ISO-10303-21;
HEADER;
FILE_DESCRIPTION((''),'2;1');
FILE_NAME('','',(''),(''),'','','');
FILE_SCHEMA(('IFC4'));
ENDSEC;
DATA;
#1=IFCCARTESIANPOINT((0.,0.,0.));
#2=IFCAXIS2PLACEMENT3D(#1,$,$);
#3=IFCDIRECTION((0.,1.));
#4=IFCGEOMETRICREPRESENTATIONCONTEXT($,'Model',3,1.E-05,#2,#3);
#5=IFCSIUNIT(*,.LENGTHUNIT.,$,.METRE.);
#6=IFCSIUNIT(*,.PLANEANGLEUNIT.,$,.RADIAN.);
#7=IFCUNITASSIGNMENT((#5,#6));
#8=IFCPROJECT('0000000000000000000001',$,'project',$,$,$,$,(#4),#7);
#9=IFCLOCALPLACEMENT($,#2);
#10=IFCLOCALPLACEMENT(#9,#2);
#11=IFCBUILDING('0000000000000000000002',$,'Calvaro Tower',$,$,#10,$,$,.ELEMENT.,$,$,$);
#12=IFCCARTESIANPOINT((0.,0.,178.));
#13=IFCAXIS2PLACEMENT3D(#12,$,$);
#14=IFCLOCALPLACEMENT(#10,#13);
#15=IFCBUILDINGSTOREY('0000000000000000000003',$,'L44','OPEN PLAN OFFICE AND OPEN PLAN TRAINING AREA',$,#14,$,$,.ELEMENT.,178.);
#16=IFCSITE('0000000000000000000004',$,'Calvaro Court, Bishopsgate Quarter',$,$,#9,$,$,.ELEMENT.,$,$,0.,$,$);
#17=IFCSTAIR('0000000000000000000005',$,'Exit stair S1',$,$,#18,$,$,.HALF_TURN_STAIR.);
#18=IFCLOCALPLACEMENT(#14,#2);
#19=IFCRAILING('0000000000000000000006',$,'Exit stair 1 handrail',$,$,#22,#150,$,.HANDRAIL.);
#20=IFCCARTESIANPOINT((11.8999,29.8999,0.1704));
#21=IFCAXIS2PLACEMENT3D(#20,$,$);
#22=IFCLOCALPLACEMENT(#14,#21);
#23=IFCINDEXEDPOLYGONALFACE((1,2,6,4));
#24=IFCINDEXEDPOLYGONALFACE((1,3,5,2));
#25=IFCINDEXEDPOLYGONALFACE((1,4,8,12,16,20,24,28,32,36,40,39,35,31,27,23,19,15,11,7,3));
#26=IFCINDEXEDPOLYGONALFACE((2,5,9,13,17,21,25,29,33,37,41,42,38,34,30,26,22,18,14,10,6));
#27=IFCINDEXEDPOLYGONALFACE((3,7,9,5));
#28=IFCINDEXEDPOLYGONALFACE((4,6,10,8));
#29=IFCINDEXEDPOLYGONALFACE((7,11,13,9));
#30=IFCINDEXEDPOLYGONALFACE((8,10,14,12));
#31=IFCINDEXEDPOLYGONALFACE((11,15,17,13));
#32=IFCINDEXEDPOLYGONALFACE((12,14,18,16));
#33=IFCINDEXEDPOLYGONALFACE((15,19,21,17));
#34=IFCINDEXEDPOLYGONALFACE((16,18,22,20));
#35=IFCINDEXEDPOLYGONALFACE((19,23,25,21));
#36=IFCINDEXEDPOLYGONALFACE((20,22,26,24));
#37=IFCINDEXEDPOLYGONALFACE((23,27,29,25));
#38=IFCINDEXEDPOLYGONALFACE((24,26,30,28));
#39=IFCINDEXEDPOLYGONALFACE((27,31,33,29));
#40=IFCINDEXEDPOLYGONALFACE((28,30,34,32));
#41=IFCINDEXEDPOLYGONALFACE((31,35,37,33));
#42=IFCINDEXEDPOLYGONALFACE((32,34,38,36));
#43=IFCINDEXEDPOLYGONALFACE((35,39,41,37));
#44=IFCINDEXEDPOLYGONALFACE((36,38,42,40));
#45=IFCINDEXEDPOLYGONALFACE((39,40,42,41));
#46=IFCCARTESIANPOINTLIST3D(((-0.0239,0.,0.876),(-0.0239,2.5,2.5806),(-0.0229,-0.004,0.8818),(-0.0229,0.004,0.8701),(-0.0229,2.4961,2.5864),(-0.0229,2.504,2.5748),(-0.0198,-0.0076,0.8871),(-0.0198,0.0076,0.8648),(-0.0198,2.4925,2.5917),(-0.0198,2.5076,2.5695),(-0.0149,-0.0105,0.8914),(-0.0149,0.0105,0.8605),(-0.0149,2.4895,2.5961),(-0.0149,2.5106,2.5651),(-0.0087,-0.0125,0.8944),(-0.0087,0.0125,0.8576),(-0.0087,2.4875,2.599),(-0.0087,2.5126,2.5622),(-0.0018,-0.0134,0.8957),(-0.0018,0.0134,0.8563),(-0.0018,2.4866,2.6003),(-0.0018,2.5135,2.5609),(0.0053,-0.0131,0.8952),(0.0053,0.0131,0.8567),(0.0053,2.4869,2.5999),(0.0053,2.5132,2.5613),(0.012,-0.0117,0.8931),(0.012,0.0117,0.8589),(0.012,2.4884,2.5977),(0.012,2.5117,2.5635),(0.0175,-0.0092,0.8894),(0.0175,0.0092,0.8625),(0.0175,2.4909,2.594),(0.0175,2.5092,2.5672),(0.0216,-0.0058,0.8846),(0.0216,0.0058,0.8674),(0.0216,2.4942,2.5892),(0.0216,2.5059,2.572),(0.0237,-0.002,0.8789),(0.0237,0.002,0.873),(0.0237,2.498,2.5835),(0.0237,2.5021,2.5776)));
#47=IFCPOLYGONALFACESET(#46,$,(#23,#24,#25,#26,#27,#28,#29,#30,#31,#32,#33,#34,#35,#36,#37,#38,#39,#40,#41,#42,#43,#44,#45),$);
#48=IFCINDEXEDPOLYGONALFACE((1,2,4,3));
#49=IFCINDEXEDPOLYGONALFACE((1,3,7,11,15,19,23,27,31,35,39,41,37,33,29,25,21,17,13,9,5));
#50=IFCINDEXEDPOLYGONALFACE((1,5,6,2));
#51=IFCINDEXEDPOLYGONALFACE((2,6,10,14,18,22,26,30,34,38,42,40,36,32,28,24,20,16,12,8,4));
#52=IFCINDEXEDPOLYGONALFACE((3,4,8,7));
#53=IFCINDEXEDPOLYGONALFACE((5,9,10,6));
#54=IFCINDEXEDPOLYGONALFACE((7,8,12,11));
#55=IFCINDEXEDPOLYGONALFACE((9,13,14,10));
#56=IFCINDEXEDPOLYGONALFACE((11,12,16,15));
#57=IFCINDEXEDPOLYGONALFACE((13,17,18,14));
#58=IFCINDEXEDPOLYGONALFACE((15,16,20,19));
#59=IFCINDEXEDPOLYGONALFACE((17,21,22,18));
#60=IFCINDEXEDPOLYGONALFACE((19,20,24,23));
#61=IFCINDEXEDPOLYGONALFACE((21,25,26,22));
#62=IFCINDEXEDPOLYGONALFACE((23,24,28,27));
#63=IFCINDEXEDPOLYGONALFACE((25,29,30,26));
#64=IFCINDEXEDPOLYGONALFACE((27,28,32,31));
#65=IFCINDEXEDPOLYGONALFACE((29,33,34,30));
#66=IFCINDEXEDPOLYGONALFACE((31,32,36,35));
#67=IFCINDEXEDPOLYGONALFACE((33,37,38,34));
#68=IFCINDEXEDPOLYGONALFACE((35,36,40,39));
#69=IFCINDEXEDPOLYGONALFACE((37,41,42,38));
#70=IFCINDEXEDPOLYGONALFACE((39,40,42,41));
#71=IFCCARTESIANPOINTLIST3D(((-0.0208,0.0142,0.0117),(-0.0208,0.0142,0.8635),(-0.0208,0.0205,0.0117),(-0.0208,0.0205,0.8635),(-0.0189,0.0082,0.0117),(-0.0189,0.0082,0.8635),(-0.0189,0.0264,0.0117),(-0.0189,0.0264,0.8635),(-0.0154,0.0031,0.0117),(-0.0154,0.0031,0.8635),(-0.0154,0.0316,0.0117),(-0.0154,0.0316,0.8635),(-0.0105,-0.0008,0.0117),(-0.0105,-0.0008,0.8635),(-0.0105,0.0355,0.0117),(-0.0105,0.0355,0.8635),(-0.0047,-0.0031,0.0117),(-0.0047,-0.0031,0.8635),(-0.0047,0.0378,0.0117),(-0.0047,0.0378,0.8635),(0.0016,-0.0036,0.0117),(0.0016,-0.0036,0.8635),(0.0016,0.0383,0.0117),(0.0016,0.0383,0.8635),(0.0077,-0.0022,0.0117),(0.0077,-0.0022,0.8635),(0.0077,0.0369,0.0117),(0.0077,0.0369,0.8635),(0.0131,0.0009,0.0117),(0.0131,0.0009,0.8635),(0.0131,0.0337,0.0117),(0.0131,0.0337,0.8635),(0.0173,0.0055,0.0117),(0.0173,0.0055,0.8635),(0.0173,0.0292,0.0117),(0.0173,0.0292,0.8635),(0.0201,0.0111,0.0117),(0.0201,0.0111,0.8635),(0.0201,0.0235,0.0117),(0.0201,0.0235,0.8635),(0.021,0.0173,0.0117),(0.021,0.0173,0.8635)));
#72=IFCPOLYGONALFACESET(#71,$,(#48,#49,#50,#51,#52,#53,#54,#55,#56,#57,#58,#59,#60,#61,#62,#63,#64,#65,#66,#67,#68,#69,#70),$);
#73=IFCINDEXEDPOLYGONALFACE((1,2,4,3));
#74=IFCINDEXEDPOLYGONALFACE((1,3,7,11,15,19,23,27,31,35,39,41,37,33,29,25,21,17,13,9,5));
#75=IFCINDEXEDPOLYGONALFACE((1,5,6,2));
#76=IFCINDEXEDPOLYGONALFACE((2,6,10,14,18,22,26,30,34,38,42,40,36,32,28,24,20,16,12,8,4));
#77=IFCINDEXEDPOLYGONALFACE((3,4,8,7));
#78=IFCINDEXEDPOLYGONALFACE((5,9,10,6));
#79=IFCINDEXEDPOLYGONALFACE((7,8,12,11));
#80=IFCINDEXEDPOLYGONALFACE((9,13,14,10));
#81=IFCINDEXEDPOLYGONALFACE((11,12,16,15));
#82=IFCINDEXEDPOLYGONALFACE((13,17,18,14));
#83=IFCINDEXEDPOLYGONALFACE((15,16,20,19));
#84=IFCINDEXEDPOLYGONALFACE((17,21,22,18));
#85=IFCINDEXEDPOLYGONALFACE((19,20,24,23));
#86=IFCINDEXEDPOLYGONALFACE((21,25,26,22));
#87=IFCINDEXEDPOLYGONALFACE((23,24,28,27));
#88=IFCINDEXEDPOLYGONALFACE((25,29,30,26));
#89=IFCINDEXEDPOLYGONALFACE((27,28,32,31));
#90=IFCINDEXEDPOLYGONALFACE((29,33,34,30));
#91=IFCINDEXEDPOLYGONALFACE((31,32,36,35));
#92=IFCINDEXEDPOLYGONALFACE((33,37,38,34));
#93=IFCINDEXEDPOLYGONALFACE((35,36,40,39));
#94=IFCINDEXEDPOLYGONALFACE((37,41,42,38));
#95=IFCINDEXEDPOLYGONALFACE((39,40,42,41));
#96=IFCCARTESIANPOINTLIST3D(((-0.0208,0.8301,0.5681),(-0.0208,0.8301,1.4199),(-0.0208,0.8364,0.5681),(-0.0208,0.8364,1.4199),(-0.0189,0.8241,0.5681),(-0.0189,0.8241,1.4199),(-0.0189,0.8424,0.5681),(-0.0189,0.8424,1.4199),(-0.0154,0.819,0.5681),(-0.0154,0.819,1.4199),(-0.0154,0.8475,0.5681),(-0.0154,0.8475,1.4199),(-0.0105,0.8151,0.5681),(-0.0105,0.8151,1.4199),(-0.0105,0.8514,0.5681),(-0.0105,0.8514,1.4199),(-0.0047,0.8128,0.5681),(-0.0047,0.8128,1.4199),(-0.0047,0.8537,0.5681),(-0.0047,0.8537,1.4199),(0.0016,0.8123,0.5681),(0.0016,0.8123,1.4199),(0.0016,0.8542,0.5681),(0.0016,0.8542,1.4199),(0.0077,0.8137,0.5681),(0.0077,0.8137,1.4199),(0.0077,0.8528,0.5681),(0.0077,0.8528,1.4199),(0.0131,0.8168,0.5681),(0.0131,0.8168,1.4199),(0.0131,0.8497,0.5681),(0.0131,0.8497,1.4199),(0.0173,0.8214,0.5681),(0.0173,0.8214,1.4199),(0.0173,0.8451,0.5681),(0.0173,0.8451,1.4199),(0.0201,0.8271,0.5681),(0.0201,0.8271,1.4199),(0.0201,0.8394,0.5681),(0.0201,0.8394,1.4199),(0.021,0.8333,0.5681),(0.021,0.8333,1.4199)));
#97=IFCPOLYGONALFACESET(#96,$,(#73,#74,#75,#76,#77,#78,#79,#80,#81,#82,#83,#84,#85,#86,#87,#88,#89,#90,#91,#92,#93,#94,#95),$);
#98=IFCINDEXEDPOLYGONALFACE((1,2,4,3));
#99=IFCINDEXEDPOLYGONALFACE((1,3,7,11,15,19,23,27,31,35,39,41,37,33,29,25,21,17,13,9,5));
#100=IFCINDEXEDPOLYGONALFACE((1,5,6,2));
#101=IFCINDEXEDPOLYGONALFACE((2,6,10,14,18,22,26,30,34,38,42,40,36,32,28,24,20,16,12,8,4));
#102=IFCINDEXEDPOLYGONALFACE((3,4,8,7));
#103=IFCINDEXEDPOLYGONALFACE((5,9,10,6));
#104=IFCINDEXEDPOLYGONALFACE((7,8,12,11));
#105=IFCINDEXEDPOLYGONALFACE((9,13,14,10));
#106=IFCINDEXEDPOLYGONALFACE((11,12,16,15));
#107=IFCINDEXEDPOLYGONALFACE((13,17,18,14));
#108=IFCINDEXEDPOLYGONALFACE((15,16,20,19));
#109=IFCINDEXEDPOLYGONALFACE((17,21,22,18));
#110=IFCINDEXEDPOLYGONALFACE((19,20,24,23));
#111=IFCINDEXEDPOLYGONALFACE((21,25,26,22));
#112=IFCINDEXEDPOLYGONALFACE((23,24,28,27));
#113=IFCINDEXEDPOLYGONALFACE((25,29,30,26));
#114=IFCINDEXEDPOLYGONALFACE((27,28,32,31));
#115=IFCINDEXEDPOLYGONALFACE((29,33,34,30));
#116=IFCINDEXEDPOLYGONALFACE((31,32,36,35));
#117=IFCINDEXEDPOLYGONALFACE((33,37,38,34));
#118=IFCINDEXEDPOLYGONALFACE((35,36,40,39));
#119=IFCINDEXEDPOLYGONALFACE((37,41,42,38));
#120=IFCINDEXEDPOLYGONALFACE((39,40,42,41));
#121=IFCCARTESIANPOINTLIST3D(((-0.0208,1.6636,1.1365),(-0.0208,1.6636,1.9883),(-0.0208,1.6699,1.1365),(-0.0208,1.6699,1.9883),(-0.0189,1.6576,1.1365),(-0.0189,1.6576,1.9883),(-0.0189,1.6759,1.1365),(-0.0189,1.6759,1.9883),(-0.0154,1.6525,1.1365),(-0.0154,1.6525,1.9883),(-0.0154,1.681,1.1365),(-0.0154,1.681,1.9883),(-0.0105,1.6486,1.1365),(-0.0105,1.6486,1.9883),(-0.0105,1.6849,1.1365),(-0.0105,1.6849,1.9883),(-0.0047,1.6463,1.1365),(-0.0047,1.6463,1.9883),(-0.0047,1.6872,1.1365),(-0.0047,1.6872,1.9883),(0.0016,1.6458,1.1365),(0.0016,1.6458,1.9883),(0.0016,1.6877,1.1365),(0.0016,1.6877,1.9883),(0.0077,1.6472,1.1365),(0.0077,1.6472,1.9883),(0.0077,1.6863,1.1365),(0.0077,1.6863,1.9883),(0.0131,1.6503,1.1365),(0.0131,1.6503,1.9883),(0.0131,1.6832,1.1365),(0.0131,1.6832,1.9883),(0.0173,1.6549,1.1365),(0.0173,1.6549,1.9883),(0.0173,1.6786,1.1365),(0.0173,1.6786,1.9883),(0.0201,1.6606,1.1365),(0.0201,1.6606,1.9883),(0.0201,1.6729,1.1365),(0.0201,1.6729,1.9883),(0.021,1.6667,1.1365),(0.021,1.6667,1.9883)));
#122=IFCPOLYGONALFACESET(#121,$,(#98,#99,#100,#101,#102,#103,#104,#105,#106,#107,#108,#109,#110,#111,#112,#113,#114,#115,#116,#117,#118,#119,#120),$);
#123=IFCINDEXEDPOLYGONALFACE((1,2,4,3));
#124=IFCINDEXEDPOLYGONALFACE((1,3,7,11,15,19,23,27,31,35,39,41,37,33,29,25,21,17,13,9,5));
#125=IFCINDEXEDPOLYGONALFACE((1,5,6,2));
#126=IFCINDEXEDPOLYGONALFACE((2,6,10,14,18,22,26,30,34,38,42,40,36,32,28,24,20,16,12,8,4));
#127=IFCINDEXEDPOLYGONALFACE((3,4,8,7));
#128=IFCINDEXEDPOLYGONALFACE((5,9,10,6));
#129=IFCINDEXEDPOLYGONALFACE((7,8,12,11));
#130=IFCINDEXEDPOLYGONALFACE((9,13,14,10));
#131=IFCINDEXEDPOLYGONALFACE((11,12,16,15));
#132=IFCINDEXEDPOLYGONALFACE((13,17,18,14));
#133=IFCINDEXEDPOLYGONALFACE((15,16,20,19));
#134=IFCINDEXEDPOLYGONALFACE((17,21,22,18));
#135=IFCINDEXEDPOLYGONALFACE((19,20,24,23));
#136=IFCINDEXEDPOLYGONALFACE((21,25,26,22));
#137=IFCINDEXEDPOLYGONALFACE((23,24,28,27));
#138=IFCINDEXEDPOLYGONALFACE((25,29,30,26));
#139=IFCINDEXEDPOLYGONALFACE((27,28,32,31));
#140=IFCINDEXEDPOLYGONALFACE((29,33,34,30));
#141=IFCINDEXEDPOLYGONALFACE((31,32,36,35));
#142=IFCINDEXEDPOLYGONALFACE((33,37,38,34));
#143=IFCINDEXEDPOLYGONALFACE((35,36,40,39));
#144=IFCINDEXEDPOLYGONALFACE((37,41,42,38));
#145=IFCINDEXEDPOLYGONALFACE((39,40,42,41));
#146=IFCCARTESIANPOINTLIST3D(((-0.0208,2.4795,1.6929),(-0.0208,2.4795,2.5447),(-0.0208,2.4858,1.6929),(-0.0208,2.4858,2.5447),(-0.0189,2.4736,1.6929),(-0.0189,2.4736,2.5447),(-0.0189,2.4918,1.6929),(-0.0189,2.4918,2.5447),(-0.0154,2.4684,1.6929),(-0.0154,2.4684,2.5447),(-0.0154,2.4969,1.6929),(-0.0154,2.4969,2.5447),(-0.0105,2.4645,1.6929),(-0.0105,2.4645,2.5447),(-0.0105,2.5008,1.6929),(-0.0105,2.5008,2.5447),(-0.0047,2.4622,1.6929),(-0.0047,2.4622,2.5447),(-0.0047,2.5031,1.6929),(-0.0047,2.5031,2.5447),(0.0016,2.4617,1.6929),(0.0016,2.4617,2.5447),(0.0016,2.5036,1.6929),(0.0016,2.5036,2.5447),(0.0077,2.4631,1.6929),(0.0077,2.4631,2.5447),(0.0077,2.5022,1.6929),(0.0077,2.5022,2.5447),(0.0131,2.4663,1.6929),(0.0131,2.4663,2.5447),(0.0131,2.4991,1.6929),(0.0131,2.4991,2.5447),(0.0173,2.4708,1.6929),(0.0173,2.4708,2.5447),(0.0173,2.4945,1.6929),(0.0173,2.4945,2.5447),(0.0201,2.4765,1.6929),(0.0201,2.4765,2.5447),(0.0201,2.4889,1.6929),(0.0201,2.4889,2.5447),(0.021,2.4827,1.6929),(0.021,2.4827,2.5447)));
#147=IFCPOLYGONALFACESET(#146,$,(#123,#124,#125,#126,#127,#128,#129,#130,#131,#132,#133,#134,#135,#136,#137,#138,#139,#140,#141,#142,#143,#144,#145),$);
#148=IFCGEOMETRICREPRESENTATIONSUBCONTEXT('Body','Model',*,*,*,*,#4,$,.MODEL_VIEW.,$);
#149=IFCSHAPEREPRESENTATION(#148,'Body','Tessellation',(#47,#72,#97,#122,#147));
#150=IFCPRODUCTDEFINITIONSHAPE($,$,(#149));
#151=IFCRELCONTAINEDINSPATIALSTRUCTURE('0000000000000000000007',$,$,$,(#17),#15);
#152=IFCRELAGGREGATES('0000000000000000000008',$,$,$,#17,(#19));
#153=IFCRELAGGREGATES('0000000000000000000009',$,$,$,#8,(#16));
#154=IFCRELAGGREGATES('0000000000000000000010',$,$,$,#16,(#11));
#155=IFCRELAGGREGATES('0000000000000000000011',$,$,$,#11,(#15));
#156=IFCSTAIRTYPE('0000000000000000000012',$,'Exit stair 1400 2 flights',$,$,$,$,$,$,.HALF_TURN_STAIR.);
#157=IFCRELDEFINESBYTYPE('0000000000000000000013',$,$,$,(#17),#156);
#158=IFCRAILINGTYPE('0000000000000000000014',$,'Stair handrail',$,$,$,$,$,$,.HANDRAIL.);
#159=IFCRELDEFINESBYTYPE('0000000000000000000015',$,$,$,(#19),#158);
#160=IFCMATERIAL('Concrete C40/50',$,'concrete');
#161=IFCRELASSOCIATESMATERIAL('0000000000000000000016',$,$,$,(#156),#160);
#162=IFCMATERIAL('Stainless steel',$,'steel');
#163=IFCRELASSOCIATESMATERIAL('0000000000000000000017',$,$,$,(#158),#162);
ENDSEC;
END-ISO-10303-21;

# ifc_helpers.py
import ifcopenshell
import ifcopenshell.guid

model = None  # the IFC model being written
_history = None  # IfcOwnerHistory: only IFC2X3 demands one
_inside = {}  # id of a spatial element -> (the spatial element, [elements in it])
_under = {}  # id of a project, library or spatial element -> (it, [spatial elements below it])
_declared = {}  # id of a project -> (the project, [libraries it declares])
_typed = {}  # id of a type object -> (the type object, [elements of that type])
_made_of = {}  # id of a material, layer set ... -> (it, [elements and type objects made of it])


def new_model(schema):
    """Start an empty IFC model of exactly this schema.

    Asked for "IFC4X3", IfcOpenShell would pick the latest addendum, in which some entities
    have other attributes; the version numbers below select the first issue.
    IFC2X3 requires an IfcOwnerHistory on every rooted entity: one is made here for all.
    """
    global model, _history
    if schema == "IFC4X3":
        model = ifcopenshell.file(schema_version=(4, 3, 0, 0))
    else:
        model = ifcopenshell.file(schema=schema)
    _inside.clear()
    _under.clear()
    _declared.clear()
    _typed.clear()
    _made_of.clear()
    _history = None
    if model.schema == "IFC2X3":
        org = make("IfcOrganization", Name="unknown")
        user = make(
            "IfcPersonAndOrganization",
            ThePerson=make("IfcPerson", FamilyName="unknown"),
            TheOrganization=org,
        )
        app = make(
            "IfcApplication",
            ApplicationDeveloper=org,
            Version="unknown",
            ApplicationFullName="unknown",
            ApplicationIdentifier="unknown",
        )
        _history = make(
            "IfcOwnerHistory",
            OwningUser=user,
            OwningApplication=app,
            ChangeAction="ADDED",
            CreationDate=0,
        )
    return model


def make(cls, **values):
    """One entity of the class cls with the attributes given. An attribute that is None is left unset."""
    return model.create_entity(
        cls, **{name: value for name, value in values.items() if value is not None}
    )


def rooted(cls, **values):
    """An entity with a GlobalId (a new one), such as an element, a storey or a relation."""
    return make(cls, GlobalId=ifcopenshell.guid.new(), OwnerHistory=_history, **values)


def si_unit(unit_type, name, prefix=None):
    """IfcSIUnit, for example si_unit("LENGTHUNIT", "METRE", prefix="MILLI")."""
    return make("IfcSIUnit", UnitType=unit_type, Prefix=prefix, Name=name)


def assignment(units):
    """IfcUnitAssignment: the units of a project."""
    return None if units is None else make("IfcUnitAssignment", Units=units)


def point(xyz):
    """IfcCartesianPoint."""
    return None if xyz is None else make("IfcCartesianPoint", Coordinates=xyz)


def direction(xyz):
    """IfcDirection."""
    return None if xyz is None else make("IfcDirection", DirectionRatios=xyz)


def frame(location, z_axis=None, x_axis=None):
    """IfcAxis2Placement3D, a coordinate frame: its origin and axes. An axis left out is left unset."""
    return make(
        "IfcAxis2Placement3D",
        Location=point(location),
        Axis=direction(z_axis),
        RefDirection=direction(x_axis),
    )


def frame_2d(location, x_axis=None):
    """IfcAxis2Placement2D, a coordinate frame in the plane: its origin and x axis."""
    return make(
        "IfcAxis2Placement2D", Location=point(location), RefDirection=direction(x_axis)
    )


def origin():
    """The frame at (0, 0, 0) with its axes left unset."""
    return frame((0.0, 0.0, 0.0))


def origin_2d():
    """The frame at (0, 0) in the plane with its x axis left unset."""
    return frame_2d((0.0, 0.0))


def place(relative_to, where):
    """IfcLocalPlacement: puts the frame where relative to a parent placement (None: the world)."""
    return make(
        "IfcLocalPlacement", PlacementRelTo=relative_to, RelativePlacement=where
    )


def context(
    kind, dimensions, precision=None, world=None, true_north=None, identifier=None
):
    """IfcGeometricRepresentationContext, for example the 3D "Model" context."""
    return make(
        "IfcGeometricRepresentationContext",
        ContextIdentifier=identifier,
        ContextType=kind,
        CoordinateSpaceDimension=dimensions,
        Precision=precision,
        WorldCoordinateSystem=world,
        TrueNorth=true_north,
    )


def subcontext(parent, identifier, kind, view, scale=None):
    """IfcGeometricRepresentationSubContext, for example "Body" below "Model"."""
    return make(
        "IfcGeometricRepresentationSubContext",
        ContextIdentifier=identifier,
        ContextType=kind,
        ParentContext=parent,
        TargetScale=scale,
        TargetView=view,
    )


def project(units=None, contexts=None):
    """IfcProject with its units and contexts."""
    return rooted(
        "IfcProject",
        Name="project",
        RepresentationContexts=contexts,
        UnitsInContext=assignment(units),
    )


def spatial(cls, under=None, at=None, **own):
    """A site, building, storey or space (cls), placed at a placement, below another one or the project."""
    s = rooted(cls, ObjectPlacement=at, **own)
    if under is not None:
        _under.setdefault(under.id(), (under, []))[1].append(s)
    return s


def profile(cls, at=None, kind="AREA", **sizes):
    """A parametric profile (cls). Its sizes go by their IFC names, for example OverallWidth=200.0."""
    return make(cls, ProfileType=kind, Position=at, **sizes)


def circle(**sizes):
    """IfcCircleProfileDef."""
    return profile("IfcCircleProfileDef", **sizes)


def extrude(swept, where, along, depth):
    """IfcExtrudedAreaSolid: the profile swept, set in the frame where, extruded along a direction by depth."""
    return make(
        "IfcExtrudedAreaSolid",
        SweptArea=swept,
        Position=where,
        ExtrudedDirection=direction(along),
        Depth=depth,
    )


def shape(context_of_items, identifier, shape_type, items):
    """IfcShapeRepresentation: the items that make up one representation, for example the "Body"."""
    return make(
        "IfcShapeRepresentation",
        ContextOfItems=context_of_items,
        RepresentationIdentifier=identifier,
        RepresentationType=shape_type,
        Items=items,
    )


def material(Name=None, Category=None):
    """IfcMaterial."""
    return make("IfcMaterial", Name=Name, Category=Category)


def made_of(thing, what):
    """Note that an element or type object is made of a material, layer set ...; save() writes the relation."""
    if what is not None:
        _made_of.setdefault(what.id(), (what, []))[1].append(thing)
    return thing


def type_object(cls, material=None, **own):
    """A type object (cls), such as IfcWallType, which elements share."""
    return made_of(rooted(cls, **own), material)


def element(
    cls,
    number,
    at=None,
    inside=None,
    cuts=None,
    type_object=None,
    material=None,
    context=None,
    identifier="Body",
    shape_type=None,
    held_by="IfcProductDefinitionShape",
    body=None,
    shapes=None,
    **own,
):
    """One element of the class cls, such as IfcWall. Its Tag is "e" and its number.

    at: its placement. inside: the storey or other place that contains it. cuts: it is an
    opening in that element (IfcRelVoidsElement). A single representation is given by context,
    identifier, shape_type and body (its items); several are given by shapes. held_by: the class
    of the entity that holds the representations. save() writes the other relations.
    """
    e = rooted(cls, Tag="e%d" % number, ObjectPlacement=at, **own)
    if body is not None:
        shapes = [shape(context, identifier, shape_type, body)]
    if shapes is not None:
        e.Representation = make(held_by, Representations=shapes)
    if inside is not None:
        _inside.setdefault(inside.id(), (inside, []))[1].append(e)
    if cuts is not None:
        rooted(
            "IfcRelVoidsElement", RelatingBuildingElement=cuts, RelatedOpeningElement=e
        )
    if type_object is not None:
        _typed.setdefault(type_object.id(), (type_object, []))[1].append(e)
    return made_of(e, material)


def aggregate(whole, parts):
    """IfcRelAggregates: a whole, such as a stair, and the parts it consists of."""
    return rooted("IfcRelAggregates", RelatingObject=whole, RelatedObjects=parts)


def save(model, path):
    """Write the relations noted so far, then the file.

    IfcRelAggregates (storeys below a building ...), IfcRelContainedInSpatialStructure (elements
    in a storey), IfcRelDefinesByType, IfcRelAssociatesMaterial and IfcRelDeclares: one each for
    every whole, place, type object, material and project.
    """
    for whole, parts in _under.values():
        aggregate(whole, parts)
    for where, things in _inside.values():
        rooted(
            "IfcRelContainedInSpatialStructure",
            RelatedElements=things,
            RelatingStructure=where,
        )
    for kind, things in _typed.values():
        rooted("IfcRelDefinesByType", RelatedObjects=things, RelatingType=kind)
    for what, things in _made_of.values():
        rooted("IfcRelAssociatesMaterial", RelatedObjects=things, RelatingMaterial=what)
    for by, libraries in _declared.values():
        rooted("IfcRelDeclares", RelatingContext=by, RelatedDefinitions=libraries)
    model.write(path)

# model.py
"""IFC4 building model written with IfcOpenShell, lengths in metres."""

from ifc_helpers import new_model, si_unit, direction, frame, origin, origin_2d, place, context, subcontext, project, spatial, circle, extrude, material, type_object, element, aggregate, save


model = new_model("IFC4")

# Units and contexts
model_context = context("Model", 3, precision=1e-05, world=origin(), true_north=direction((0.0, 1.0)))
body_context = subcontext(model_context, "Body", "Model", "MODEL_VIEW")
ifc_project = project(units=[si_unit("LENGTHUNIT", "METRE"), si_unit("PLANEANGLEUNIT", "RADIAN")], contexts=[model_context])

# Site, building, storey
site_placement = place(None, origin())
site = spatial("IfcSite", under=ifc_project, at=site_placement, Name="Calvaro Court, Bishopsgate Quarter", CompositionType="ELEMENT", RefElevation=0.0)
building_placement = place(site_placement, origin())
building = spatial("IfcBuilding", under=site, at=building_placement, Name="Calvaro Tower", CompositionType="ELEMENT")
storey_placement = place(building_placement, frame((0.0, 0.0, 178.0)))
storey = spatial("IfcBuildingStorey", under=building, at=storey_placement, Name="L44", Description="OPEN PLAN OFFICE AND OPEN PLAN TRAINING AREA", CompositionType="ELEMENT", Elevation=178.0)

# Stair, railing
ifc_material_1 = material(Name="Concrete C40/50", Category="concrete")
stair_type = type_object("IfcStairType", Name="Exit stair 1400 2 flights", PredefinedType="HALF_TURN_STAIR", material=ifc_material_1)
stair_placement = place(storey_placement, origin())
stair = element("IfcStair", 1, at=stair_placement, inside=storey, type_object=stair_type, Name="Exit stair S1", PredefinedType="HALF_TURN_STAIR")
ifc_material_2 = material(Name="Stainless steel", Category="steel")
railing_type = type_object("IfcRailingType", Name="Stair handrail", PredefinedType="HANDRAIL", material=ifc_material_2)
railing_1_placement = place(storey_placement, frame((11.8999, 29.8999, 0.1704)))
railing_1 = element("IfcRailing", 2, at=railing_1_placement, type_object=railing_type, Name="Exit stair 1 handrail", PredefinedType="HANDRAIL", context=body_context, shape_type="SweptSolid", body=[
    extrude(circle(Radius=0.0239, at=origin_2d()), frame((0.0, 0.0, 0.876), z_axis=(0.0, 0.826221, 0.563347), x_axis=(-1.0, 0.0, 0.0)), (0.0, 0.0, 1.0), 3.0259),
    extrude(circle(Radius=0.021, at=origin_2d()), frame((0.0, 0.0173, 0.0117)), (0.0, 0.0, 1.0), 0.8518),
    extrude(circle(Radius=0.021, at=origin_2d()), frame((0.0, 0.8333, 0.5681)), (0.0, 0.0, 1.0), 0.8518),
    extrude(circle(Radius=0.021, at=origin_2d()), frame((0.0, 1.6667, 1.1365)), (0.0, 0.0, 1.0), 0.8518),
    extrude(circle(Radius=0.021, at=origin_2d()), frame((0.0, 2.4827, 1.6929)), (0.0, 0.0, 1.0), 0.8518),
])
aggregate(stair, [railing_1])

save(model, "model.ifc")
